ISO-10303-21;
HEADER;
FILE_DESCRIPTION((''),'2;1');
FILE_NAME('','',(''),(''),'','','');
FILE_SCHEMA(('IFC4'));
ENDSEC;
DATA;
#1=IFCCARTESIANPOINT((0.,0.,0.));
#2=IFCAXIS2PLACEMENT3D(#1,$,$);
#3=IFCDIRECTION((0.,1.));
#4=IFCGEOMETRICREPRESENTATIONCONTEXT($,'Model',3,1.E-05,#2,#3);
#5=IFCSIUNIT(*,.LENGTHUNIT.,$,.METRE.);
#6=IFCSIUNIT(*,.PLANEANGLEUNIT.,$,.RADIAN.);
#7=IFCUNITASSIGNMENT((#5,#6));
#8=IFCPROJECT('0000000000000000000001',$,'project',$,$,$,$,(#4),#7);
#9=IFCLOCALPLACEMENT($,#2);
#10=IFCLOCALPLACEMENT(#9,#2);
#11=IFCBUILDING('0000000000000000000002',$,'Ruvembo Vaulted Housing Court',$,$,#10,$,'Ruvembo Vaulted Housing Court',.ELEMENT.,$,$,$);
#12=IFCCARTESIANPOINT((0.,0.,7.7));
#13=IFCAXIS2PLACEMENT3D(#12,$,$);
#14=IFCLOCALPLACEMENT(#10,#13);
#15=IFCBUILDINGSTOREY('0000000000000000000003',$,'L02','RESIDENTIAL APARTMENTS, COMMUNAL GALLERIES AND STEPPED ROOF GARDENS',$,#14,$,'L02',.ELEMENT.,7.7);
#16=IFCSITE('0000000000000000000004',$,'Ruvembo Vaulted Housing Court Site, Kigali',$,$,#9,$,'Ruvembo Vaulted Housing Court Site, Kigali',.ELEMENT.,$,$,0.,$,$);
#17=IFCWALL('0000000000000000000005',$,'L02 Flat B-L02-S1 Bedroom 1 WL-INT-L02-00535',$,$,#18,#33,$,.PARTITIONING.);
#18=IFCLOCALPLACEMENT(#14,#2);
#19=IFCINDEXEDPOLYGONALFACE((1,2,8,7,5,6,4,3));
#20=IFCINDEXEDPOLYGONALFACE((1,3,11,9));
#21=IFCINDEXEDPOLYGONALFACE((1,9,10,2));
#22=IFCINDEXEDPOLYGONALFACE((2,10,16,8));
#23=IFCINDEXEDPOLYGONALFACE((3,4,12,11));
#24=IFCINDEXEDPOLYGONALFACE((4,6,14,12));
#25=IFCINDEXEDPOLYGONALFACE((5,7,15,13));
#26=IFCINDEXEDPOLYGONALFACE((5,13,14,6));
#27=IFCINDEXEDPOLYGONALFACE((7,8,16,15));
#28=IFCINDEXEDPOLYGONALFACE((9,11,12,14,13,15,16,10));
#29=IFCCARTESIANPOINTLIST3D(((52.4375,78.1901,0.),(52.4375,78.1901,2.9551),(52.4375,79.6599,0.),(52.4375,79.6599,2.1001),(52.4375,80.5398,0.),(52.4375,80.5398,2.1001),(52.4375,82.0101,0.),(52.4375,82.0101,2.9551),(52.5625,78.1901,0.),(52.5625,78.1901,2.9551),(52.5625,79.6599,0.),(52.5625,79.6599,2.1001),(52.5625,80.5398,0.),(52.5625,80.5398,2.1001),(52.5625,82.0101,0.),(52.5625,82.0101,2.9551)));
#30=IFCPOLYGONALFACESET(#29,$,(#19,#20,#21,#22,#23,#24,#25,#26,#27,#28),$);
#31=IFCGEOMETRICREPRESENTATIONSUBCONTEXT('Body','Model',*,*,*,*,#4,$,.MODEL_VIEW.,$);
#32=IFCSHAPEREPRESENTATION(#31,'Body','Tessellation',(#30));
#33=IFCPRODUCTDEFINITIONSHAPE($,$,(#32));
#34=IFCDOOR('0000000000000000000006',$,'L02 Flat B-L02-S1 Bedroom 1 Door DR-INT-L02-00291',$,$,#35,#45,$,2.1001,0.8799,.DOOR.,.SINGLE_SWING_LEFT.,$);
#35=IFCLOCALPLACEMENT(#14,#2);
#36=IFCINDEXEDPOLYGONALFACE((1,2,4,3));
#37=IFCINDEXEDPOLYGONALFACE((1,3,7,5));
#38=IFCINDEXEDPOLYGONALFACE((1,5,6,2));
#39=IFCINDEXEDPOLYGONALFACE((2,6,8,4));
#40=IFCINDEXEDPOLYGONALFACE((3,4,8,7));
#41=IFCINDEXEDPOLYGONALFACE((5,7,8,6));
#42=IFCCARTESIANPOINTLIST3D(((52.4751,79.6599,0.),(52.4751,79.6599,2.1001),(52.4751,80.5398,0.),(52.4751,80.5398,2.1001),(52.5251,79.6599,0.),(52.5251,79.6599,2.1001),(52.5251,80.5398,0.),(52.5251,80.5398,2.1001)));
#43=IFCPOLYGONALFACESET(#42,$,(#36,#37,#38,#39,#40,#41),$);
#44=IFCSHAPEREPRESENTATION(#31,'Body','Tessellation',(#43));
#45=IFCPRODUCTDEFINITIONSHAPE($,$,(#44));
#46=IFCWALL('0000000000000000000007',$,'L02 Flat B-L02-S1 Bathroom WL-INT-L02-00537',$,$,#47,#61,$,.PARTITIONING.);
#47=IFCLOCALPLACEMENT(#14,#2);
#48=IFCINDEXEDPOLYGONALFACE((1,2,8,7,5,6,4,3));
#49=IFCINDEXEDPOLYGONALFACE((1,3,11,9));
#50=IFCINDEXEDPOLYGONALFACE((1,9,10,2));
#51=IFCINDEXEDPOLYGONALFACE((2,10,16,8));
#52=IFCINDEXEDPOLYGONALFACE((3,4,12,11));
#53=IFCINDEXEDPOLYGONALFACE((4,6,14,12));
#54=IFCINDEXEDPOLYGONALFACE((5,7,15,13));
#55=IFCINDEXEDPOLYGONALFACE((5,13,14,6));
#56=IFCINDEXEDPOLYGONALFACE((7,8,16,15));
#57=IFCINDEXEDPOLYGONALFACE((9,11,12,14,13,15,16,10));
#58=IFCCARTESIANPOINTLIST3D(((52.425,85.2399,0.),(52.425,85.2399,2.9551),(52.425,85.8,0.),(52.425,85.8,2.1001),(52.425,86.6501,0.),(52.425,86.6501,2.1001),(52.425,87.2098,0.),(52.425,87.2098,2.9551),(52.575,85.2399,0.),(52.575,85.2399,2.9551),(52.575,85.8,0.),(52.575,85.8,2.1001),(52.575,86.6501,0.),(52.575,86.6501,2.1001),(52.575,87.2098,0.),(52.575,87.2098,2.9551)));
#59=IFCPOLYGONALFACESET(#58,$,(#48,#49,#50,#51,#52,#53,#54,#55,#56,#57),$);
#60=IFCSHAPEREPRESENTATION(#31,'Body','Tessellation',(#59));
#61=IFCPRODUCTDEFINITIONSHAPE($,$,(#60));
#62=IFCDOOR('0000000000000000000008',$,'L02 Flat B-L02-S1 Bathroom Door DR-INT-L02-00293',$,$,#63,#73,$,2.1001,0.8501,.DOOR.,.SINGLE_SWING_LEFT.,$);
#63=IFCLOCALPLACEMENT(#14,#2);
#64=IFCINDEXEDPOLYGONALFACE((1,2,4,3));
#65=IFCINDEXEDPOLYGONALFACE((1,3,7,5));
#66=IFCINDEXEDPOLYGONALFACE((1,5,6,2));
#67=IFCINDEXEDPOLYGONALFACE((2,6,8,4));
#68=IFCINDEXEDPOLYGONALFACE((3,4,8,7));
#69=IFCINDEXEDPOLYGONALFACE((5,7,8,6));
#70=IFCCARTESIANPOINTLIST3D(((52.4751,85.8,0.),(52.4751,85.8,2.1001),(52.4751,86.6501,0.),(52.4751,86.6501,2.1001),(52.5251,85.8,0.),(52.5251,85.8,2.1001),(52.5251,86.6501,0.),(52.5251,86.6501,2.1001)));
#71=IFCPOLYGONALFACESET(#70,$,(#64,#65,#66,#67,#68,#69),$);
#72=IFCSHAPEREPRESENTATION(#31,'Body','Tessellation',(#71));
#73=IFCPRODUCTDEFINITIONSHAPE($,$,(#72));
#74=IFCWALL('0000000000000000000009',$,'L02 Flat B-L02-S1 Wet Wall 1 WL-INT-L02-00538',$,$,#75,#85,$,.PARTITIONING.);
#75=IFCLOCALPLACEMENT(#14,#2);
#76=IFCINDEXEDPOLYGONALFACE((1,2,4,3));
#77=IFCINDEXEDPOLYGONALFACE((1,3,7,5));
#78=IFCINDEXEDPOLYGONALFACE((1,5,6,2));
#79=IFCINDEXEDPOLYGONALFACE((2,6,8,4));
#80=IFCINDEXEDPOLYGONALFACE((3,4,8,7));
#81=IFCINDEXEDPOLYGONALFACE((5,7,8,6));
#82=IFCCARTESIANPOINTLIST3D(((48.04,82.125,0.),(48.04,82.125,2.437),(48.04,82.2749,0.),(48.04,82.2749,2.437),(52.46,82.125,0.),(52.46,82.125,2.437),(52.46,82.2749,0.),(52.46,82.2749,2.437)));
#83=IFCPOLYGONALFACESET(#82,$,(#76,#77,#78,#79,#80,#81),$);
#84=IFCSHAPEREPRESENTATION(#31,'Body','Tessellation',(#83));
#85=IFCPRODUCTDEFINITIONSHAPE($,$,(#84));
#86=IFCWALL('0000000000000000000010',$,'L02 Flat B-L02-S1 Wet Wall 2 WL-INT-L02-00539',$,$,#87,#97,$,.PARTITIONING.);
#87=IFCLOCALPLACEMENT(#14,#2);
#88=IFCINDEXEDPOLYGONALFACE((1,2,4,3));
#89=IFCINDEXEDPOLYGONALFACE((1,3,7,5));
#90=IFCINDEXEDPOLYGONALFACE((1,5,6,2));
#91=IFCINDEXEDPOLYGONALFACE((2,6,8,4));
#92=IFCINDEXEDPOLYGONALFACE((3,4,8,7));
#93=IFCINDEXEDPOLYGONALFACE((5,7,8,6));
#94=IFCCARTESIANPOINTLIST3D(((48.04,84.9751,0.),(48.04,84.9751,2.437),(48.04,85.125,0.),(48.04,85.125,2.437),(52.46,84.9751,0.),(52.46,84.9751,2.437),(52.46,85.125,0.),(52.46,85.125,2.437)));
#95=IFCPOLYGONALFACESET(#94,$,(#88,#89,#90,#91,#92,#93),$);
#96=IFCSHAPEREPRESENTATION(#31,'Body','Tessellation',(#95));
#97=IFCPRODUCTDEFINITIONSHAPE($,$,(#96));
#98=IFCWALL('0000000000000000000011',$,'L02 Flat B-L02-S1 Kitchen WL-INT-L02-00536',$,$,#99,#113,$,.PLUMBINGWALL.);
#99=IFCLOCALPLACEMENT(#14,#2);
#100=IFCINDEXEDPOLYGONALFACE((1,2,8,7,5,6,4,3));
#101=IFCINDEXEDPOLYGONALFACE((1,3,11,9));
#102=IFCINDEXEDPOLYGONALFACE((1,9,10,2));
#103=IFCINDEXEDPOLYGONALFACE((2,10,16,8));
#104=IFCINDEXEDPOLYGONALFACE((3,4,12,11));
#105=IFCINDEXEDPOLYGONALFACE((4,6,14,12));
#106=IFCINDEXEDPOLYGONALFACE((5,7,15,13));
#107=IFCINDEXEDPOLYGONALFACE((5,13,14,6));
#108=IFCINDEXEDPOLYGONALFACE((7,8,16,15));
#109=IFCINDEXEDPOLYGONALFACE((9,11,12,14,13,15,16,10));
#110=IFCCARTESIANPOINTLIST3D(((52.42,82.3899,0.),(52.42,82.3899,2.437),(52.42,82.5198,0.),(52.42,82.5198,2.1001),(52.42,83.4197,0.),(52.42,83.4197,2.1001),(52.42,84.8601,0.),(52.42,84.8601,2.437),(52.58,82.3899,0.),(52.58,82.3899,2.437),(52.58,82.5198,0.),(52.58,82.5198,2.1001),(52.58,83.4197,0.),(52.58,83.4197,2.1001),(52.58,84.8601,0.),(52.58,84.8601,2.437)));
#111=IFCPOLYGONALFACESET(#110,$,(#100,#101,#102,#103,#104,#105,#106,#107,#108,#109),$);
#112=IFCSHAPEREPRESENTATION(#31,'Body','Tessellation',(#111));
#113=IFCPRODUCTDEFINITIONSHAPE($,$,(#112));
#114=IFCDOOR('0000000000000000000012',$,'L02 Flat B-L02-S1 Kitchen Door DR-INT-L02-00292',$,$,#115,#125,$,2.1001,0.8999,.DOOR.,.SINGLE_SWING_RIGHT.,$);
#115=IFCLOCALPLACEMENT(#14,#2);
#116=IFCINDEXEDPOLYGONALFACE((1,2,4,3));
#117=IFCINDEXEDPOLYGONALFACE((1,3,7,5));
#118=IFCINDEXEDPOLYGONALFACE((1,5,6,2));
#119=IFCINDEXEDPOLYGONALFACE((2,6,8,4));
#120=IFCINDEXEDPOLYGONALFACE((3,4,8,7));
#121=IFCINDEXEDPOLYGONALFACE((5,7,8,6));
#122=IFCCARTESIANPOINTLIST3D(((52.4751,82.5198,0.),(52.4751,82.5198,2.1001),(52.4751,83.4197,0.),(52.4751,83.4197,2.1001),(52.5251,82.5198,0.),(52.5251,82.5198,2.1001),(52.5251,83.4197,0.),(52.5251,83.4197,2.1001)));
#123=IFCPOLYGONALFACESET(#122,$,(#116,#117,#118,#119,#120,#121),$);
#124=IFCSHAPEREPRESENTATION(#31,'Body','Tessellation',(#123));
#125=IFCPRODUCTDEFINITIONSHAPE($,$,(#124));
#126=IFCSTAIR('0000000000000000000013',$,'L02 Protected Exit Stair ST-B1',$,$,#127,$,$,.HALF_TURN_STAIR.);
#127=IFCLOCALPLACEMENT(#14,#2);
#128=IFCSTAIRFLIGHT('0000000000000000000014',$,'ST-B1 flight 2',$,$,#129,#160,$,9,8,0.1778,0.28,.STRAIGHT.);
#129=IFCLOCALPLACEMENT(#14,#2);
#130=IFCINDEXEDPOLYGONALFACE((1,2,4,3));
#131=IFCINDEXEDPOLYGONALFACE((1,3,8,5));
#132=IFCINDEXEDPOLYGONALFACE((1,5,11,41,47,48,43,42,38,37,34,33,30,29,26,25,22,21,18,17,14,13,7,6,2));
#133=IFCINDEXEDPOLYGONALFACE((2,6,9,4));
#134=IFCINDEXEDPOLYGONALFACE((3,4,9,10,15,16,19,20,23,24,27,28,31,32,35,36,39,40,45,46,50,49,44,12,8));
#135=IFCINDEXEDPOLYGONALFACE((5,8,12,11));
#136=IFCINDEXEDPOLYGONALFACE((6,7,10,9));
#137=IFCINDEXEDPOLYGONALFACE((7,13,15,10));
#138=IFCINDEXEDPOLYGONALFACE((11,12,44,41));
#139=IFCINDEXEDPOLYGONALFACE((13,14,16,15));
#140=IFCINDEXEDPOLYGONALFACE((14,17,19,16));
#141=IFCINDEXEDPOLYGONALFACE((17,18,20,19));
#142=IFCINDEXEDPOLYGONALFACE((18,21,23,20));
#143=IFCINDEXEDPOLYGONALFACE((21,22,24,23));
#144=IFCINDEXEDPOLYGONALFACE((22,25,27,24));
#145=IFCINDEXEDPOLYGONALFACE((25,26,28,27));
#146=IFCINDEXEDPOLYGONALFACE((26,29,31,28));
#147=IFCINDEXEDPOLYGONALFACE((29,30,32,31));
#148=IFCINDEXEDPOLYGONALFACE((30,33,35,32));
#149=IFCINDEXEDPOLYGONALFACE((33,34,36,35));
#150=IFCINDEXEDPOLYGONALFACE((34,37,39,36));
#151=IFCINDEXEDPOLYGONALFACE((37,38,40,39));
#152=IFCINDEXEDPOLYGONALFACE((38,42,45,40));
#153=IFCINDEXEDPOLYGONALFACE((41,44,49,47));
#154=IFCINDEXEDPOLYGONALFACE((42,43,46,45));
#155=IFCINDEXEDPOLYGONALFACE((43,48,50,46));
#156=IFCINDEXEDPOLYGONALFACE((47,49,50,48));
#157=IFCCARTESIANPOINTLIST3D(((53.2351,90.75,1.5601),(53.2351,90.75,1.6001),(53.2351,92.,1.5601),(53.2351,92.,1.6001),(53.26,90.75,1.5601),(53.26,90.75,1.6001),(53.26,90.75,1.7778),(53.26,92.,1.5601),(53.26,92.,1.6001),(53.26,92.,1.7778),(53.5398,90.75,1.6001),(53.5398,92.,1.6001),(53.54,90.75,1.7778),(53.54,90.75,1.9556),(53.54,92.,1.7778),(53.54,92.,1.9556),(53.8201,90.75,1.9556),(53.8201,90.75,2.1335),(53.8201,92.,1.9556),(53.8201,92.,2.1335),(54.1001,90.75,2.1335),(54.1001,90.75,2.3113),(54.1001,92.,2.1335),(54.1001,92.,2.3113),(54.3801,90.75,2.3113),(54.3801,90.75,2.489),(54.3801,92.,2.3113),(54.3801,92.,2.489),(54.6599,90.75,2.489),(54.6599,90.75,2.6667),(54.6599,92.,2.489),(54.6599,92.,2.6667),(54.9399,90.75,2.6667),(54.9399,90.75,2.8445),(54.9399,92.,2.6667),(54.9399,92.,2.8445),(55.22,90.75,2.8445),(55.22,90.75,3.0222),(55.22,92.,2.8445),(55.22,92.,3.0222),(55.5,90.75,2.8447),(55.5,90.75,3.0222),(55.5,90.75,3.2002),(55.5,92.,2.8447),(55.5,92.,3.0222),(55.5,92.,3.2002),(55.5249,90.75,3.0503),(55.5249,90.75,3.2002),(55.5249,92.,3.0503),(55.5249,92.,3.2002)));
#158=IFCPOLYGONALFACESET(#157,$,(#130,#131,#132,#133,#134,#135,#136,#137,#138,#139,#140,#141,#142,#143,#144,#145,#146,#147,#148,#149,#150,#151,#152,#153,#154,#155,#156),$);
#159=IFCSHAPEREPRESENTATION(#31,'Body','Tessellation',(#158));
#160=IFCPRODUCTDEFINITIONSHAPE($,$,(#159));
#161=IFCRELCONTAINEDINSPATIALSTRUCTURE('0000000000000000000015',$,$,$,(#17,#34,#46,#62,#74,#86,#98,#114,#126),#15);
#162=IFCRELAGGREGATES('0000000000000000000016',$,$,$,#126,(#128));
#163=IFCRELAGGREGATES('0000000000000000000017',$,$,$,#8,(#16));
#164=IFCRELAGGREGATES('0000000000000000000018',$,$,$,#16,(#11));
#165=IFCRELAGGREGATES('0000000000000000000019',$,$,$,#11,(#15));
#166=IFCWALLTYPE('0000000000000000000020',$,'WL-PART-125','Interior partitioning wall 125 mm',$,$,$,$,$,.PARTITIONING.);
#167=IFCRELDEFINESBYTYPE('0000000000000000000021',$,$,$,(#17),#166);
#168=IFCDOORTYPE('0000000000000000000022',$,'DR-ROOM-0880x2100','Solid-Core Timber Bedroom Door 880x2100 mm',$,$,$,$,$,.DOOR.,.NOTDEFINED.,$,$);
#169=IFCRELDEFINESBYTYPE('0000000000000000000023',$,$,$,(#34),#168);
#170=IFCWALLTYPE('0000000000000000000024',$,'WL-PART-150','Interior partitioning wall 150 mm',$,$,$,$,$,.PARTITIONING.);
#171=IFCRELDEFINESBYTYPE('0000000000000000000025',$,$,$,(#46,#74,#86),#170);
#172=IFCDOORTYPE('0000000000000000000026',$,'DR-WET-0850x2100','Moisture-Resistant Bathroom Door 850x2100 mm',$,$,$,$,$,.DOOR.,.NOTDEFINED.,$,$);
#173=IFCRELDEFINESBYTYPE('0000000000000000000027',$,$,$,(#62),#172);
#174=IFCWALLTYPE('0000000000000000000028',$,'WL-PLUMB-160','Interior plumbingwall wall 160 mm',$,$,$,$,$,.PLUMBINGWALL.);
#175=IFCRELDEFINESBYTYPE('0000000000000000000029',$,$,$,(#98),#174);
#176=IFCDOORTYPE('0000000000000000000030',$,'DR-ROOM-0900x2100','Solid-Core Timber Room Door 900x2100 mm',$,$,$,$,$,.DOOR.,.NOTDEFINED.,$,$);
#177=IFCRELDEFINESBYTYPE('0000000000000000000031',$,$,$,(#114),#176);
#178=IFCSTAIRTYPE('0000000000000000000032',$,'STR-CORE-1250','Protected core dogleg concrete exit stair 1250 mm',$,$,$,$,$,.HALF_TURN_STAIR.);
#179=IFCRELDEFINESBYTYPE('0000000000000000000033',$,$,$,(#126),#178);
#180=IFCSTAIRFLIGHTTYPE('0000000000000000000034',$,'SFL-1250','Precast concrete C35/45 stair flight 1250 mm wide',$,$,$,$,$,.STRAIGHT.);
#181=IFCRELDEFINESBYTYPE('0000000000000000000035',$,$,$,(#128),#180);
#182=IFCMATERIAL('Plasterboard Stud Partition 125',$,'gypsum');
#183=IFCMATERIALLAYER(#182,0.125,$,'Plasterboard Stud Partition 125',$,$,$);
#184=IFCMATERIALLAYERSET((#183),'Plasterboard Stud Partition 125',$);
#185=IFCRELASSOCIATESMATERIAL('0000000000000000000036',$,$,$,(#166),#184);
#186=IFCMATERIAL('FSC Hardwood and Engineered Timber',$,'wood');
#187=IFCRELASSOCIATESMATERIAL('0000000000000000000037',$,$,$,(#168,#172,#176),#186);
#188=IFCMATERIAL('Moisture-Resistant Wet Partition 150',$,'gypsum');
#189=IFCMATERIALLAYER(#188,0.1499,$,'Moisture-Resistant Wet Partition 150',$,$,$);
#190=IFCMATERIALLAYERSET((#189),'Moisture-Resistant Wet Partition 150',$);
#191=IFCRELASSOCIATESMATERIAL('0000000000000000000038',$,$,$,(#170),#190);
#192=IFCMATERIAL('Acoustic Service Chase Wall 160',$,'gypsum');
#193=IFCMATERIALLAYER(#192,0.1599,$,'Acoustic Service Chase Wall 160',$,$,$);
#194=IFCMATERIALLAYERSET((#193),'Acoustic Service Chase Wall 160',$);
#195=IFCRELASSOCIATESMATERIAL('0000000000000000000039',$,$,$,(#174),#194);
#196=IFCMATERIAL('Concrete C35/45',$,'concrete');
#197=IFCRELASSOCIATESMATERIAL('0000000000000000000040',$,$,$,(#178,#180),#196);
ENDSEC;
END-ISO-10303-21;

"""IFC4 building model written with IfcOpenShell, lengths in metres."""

from ifc_helpers import new_model, si_unit, direction, frame, frame_2d, origin, place, context, subcontext, project, spatial, polyline, rectangle, outline, extrude, material, layer, layer_set, type_object, element, fill, aggregate, save


model = new_model("IFC4")

# Units and contexts
model_context = context("Model", 3, precision=1e-05, world=origin(), true_north=direction((0.0, 1.0)))
body_context = subcontext(model_context, "Body", "Model", "MODEL_VIEW")
ifc_project = project(units=[si_unit("LENGTHUNIT", "METRE"), si_unit("PLANEANGLEUNIT", "RADIAN")], contexts=[model_context])

# Site, building, storey
site_placement = place(None, origin())
site = spatial("IfcSite", under=ifc_project, at=site_placement, Name="Ruvembo Vaulted Housing Court Site, Kigali", LongName="Ruvembo Vaulted Housing Court Site, Kigali", CompositionType="ELEMENT", RefElevation=0.0)
building_placement = place(site_placement, origin())
building = spatial("IfcBuilding", under=site, at=building_placement, Name="Ruvembo Vaulted Housing Court", LongName="Ruvembo Vaulted Housing Court", CompositionType="ELEMENT")
storey_placement = place(building_placement, frame((0.0, 0.0, 7.7)))
storey = spatial("IfcBuildingStorey", under=building, at=storey_placement, Name="L02", Description="RESIDENTIAL APARTMENTS, COMMUNAL GALLERIES AND STEPPED ROOF GARDENS", LongName="L02", CompositionType="ELEMENT", Elevation=7.7)

# Shared definitions
ifc_material_1 = material(Name="Concrete C35/45", Category="concrete")

# Shared definitions
ifc_material_2 = material(Name="FSC Hardwood and Engineered Timber", Category="wood")

# Walls, openings, doors
ifc_material_3 = material(Name="Plasterboard Stud Partition 125", Category="gypsum")
ifc_layer_1 = layer(ifc_material_3, 0.125, Name="Plasterboard Stud Partition 125")
ifc_layer_set_1 = layer_set([ifc_layer_1], Name="Plasterboard Stud Partition 125")
wall_type_1 = type_object("IfcWallType", Name="WL-PART-125", Description="Interior partitioning wall 125 mm", PredefinedType="PARTITIONING", material=ifc_layer_set_1)
wall_1_placement = place(storey_placement, frame((52.5, 78.1899, 0.0), z_axis=(0.0, 0.0, 1.0), x_axis=(0.0, 1.0, 0.0)))
wall_1 = element("IfcWall", 1, at=wall_1_placement, inside=storey, type_object=wall_type_1, Name="L02 Flat B-L02-S1 Bedroom 1 WL-INT-L02-00535", PredefinedType="PARTITIONING", context=body_context, shape_type="SweptSolid", body=[
    extrude(rectangle(XDim=3.8201, YDim=0.125, at=frame_2d((1.9102, 0.0))), origin(), (0.0, 0.0, 1.0), 2.9551),
])
opening_1_placement = place(wall_1_placement, frame((1.47, 0.0, 0.0)))
opening_1 = element("IfcOpeningElement", 2, at=opening_1_placement, cuts=wall_1, PredefinedType="OPENING", context=body_context, shape_type="SweptSolid", body=[
    extrude(rectangle(XDim=0.8799, YDim=2.1001, at=frame_2d((0.4399, 1.05))), frame((0.0, 0.0725, 0.0), z_axis=(0.0, -1.0, 0.0), x_axis=(1.0, 0.0, 0.0)), (0.0, 0.0, 1.0), 0.145),
])
door_type_1 = type_object("IfcDoorType", Name="DR-ROOM-0880x2100", Description="Solid-Core Timber Bedroom Door 880x2100 mm", OperationType="NOTDEFINED", PredefinedType="DOOR", material=ifc_material_2)
door_1_placement = place(opening_1_placement, origin())
door_1 = element("IfcDoor", 3, at=door_1_placement, inside=storey, type_object=door_type_1, Name="L02 Flat B-L02-S1 Bedroom 1 Door DR-INT-L02-00291", OperationType="SINGLE_SWING_LEFT", OverallHeight=2.1001, OverallWidth=0.8799, PredefinedType="DOOR", context=body_context, shape_type="SweptSolid", body=[
    extrude(rectangle(XDim=0.8799, YDim=2.1001, at=frame_2d((0.4399, 1.05))), frame((0.0, 0.0249, 0.0), z_axis=(0.0, -1.0, 0.0), x_axis=(1.0, 0.0, 0.0)), (0.0, 0.0, 1.0), 0.05),
])
fill(opening_1, door_1)
ifc_material_4 = material(Name="Moisture-Resistant Wet Partition 150", Category="gypsum")
ifc_layer_2 = layer(ifc_material_4, 0.1499, Name="Moisture-Resistant Wet Partition 150")
ifc_layer_set_2 = layer_set([ifc_layer_2], Name="Moisture-Resistant Wet Partition 150")
wall_type_2 = type_object("IfcWallType", Name="WL-PART-150", Description="Interior partitioning wall 150 mm", PredefinedType="PARTITIONING", material=ifc_layer_set_2)
wall_2_placement = place(storey_placement, frame((52.5, 85.24, 0.0), z_axis=(0.0, 0.0, 1.0), x_axis=(0.0, 1.0, 0.0)))
wall_2 = element("IfcWall", 4, at=wall_2_placement, inside=storey, type_object=wall_type_2, Name="L02 Flat B-L02-S1 Bathroom WL-INT-L02-00537", PredefinedType="PARTITIONING", context=body_context, shape_type="SweptSolid", body=[
    extrude(rectangle(XDim=1.97, YDim=0.1499, at=frame_2d((0.9849, 0.0))), origin(), (0.0, 0.0, 1.0), 2.9551),
])
opening_2_placement = place(wall_2_placement, frame((0.5601, 0.0, 0.0)))
opening_2 = element("IfcOpeningElement", 5, at=opening_2_placement, cuts=wall_2, PredefinedType="OPENING", context=body_context, shape_type="SweptSolid", body=[
    extrude(rectangle(XDim=0.8501, YDim=2.1001, at=frame_2d((0.425, 1.05))), frame((0.0, 0.085, 0.0), z_axis=(0.0, -1.0, 0.0), x_axis=(1.0, 0.0, 0.0)), (0.0, 0.0, 1.0), 0.1699),
])
door_type_2 = type_object("IfcDoorType", Name="DR-WET-0850x2100", Description="Moisture-Resistant Bathroom Door 850x2100 mm", OperationType="NOTDEFINED", PredefinedType="DOOR", material=ifc_material_2)
door_2_placement = place(opening_2_placement, origin())
door_2 = element("IfcDoor", 6, at=door_2_placement, inside=storey, type_object=door_type_2, Name="L02 Flat B-L02-S1 Bathroom Door DR-INT-L02-00293", OperationType="SINGLE_SWING_LEFT", OverallHeight=2.1001, OverallWidth=0.8501, PredefinedType="DOOR", context=body_context, shape_type="SweptSolid", body=[
    extrude(rectangle(XDim=0.8501, YDim=2.1001, at=frame_2d((0.425, 1.05))), frame((0.0, 0.0249, 0.0), z_axis=(0.0, -1.0, 0.0), x_axis=(1.0, 0.0, 0.0)), (0.0, 0.0, 1.0), 0.05),
])
fill(opening_2, door_2)

# Walls
for number, where, z_axis, x_axis, name in (
    (7, (48.04, 82.2, 0.0), (0.0, 0.0, 1.0), (1.0, 0.0, 0.0), "L02 Flat B-L02-S1 Wet Wall 1 WL-INT-L02-00538"),
    (8, (48.04, 85.05, 0.0), (0.0, 0.0, 1.0), (1.0, 0.0, 0.0), "L02 Flat B-L02-S1 Wet Wall 2 WL-INT-L02-00539"),
):
    element("IfcWall", number, at=place(storey_placement, frame(where, z_axis=z_axis, x_axis=x_axis)), inside=storey, type_object=wall_type_2, Name=name, PredefinedType="PARTITIONING", context=body_context, shape_type="SweptSolid", body=[
        extrude(rectangle(XDim=4.4199, YDim=0.1499, at=frame_2d((2.21, 0.0))), origin(), (0.0, 0.0, 1.0), 2.437),
    ])

# Wall, opening, door
ifc_material_5 = material(Name="Acoustic Service Chase Wall 160", Category="gypsum")
ifc_layer_3 = layer(ifc_material_5, 0.1599, Name="Acoustic Service Chase Wall 160")
ifc_layer_set_3 = layer_set([ifc_layer_3], Name="Acoustic Service Chase Wall 160")
wall_type_3 = type_object("IfcWallType", Name="WL-PLUMB-160", Description="Interior plumbingwall wall 160 mm", PredefinedType="PLUMBINGWALL", material=ifc_layer_set_3)
wall_3_placement = place(storey_placement, frame((52.5, 82.3899, 0.0), z_axis=(0.0, 0.0, 1.0), x_axis=(0.0, 1.0, 0.0)))
wall_3 = element("IfcWall", 9, at=wall_3_placement, inside=storey, type_object=wall_type_3, Name="L02 Flat B-L02-S1 Kitchen WL-INT-L02-00536", PredefinedType="PLUMBINGWALL", context=body_context, shape_type="SweptSolid", body=[
    extrude(rectangle(XDim=2.4702, YDim=0.1599, at=frame_2d((1.2351, 0.0))), origin(), (0.0, 0.0, 1.0), 2.437),
])
opening_3_placement = place(wall_3_placement, frame((0.1299, 0.0, 0.0)))
opening_3 = element("IfcOpeningElement", 10, at=opening_3_placement, cuts=wall_3, PredefinedType="OPENING", context=body_context, shape_type="SweptSolid", body=[
    extrude(rectangle(XDim=0.8999, YDim=2.1001, at=frame_2d((0.45, 1.05))), frame((0.0, 0.0898, 0.0), z_axis=(0.0, -1.0, 0.0), x_axis=(1.0, 0.0, 0.0)), (0.0, 0.0, 1.0), 0.1799),
])
door_type_3 = type_object("IfcDoorType", Name="DR-ROOM-0900x2100", Description="Solid-Core Timber Room Door 900x2100 mm", OperationType="NOTDEFINED", PredefinedType="DOOR", material=ifc_material_2)
door_3_placement = place(opening_3_placement, origin())
door_3 = element("IfcDoor", 11, at=door_3_placement, inside=storey, type_object=door_type_3, Name="L02 Flat B-L02-S1 Kitchen Door DR-INT-L02-00292", OperationType="SINGLE_SWING_RIGHT", OverallHeight=2.1001, OverallWidth=0.8999, PredefinedType="DOOR", context=body_context, shape_type="SweptSolid", body=[
    extrude(rectangle(XDim=0.8999, YDim=2.1001, at=frame_2d((0.45, 1.05))), frame((0.0, 0.0249, 0.0), z_axis=(0.0, -1.0, 0.0), x_axis=(1.0, 0.0, 0.0)), (0.0, 0.0, 1.0), 0.05),
])
fill(opening_3, door_3)

# Stair, stair flight
stair_type = type_object("IfcStairType", Name="STR-CORE-1250", Description="Protected core dogleg concrete exit stair 1250 mm", PredefinedType="HALF_TURN_STAIR", material=ifc_material_1)
stair_placement = place(storey_placement, origin())
stair = element("IfcStair", 12, at=stair_placement, inside=storey, type_object=stair_type, Name="L02 Protected Exit Stair ST-B1", PredefinedType="HALF_TURN_STAIR")
stair_flight_type = type_object("IfcStairFlightType", Name="SFL-1250", Description="Precast concrete C35/45 stair flight 1250 mm wide", PredefinedType="STRAIGHT", material=ifc_material_1)
stair_flight_placement = place(storey_placement, frame((53.26, 91.375, 1.6001), z_axis=(0.0, 0.0, 1.0), x_axis=(1.0, 0.0, 0.0)))
stair_flight = element("IfcStairFlight", 13, at=stair_flight_placement, type_object=stair_flight_type, Name="ST-B1 flight 2", NumberOfRisers=9, NumberOfTreads=8, PredefinedType="STRAIGHT", RiserHeight=0.1778, TreadLength=0.28, context=body_context, shape_type="SweptSolid", body=[
    extrude(outline(polyline([(-0.0249, -0.04), (-0.0249, 0.0), (0.0, 0.0), (0.0, 0.1777), (0.28, 0.1777), (0.28, 0.3555), (0.5601, 0.3555), (0.5601, 0.5334), (0.8401, 0.5334), (0.8401, 0.7112), (1.1201, 0.7112), (1.1201, 0.8889), (1.3999, 0.8889), (1.3999, 1.0667), (1.6799, 1.0667), (1.6799, 1.2444), (1.96, 1.2444), (1.96, 1.4221), (2.24, 1.4221), (2.24, 1.6001), (2.2649, 1.6001), (2.2649, 1.4502), (2.24, 1.2446), (0.2798, 0.0), (0.0, -0.04), (-0.0249, -0.04)])), frame((0.0, 0.625, 0.0), z_axis=(0.0, -1.0, 0.0), x_axis=(1.0, 0.0, 0.0)), (0.0, 0.0, 1.0), 1.25),
])
aggregate(stair, [stair_flight])

save(model, "model.ifc")
